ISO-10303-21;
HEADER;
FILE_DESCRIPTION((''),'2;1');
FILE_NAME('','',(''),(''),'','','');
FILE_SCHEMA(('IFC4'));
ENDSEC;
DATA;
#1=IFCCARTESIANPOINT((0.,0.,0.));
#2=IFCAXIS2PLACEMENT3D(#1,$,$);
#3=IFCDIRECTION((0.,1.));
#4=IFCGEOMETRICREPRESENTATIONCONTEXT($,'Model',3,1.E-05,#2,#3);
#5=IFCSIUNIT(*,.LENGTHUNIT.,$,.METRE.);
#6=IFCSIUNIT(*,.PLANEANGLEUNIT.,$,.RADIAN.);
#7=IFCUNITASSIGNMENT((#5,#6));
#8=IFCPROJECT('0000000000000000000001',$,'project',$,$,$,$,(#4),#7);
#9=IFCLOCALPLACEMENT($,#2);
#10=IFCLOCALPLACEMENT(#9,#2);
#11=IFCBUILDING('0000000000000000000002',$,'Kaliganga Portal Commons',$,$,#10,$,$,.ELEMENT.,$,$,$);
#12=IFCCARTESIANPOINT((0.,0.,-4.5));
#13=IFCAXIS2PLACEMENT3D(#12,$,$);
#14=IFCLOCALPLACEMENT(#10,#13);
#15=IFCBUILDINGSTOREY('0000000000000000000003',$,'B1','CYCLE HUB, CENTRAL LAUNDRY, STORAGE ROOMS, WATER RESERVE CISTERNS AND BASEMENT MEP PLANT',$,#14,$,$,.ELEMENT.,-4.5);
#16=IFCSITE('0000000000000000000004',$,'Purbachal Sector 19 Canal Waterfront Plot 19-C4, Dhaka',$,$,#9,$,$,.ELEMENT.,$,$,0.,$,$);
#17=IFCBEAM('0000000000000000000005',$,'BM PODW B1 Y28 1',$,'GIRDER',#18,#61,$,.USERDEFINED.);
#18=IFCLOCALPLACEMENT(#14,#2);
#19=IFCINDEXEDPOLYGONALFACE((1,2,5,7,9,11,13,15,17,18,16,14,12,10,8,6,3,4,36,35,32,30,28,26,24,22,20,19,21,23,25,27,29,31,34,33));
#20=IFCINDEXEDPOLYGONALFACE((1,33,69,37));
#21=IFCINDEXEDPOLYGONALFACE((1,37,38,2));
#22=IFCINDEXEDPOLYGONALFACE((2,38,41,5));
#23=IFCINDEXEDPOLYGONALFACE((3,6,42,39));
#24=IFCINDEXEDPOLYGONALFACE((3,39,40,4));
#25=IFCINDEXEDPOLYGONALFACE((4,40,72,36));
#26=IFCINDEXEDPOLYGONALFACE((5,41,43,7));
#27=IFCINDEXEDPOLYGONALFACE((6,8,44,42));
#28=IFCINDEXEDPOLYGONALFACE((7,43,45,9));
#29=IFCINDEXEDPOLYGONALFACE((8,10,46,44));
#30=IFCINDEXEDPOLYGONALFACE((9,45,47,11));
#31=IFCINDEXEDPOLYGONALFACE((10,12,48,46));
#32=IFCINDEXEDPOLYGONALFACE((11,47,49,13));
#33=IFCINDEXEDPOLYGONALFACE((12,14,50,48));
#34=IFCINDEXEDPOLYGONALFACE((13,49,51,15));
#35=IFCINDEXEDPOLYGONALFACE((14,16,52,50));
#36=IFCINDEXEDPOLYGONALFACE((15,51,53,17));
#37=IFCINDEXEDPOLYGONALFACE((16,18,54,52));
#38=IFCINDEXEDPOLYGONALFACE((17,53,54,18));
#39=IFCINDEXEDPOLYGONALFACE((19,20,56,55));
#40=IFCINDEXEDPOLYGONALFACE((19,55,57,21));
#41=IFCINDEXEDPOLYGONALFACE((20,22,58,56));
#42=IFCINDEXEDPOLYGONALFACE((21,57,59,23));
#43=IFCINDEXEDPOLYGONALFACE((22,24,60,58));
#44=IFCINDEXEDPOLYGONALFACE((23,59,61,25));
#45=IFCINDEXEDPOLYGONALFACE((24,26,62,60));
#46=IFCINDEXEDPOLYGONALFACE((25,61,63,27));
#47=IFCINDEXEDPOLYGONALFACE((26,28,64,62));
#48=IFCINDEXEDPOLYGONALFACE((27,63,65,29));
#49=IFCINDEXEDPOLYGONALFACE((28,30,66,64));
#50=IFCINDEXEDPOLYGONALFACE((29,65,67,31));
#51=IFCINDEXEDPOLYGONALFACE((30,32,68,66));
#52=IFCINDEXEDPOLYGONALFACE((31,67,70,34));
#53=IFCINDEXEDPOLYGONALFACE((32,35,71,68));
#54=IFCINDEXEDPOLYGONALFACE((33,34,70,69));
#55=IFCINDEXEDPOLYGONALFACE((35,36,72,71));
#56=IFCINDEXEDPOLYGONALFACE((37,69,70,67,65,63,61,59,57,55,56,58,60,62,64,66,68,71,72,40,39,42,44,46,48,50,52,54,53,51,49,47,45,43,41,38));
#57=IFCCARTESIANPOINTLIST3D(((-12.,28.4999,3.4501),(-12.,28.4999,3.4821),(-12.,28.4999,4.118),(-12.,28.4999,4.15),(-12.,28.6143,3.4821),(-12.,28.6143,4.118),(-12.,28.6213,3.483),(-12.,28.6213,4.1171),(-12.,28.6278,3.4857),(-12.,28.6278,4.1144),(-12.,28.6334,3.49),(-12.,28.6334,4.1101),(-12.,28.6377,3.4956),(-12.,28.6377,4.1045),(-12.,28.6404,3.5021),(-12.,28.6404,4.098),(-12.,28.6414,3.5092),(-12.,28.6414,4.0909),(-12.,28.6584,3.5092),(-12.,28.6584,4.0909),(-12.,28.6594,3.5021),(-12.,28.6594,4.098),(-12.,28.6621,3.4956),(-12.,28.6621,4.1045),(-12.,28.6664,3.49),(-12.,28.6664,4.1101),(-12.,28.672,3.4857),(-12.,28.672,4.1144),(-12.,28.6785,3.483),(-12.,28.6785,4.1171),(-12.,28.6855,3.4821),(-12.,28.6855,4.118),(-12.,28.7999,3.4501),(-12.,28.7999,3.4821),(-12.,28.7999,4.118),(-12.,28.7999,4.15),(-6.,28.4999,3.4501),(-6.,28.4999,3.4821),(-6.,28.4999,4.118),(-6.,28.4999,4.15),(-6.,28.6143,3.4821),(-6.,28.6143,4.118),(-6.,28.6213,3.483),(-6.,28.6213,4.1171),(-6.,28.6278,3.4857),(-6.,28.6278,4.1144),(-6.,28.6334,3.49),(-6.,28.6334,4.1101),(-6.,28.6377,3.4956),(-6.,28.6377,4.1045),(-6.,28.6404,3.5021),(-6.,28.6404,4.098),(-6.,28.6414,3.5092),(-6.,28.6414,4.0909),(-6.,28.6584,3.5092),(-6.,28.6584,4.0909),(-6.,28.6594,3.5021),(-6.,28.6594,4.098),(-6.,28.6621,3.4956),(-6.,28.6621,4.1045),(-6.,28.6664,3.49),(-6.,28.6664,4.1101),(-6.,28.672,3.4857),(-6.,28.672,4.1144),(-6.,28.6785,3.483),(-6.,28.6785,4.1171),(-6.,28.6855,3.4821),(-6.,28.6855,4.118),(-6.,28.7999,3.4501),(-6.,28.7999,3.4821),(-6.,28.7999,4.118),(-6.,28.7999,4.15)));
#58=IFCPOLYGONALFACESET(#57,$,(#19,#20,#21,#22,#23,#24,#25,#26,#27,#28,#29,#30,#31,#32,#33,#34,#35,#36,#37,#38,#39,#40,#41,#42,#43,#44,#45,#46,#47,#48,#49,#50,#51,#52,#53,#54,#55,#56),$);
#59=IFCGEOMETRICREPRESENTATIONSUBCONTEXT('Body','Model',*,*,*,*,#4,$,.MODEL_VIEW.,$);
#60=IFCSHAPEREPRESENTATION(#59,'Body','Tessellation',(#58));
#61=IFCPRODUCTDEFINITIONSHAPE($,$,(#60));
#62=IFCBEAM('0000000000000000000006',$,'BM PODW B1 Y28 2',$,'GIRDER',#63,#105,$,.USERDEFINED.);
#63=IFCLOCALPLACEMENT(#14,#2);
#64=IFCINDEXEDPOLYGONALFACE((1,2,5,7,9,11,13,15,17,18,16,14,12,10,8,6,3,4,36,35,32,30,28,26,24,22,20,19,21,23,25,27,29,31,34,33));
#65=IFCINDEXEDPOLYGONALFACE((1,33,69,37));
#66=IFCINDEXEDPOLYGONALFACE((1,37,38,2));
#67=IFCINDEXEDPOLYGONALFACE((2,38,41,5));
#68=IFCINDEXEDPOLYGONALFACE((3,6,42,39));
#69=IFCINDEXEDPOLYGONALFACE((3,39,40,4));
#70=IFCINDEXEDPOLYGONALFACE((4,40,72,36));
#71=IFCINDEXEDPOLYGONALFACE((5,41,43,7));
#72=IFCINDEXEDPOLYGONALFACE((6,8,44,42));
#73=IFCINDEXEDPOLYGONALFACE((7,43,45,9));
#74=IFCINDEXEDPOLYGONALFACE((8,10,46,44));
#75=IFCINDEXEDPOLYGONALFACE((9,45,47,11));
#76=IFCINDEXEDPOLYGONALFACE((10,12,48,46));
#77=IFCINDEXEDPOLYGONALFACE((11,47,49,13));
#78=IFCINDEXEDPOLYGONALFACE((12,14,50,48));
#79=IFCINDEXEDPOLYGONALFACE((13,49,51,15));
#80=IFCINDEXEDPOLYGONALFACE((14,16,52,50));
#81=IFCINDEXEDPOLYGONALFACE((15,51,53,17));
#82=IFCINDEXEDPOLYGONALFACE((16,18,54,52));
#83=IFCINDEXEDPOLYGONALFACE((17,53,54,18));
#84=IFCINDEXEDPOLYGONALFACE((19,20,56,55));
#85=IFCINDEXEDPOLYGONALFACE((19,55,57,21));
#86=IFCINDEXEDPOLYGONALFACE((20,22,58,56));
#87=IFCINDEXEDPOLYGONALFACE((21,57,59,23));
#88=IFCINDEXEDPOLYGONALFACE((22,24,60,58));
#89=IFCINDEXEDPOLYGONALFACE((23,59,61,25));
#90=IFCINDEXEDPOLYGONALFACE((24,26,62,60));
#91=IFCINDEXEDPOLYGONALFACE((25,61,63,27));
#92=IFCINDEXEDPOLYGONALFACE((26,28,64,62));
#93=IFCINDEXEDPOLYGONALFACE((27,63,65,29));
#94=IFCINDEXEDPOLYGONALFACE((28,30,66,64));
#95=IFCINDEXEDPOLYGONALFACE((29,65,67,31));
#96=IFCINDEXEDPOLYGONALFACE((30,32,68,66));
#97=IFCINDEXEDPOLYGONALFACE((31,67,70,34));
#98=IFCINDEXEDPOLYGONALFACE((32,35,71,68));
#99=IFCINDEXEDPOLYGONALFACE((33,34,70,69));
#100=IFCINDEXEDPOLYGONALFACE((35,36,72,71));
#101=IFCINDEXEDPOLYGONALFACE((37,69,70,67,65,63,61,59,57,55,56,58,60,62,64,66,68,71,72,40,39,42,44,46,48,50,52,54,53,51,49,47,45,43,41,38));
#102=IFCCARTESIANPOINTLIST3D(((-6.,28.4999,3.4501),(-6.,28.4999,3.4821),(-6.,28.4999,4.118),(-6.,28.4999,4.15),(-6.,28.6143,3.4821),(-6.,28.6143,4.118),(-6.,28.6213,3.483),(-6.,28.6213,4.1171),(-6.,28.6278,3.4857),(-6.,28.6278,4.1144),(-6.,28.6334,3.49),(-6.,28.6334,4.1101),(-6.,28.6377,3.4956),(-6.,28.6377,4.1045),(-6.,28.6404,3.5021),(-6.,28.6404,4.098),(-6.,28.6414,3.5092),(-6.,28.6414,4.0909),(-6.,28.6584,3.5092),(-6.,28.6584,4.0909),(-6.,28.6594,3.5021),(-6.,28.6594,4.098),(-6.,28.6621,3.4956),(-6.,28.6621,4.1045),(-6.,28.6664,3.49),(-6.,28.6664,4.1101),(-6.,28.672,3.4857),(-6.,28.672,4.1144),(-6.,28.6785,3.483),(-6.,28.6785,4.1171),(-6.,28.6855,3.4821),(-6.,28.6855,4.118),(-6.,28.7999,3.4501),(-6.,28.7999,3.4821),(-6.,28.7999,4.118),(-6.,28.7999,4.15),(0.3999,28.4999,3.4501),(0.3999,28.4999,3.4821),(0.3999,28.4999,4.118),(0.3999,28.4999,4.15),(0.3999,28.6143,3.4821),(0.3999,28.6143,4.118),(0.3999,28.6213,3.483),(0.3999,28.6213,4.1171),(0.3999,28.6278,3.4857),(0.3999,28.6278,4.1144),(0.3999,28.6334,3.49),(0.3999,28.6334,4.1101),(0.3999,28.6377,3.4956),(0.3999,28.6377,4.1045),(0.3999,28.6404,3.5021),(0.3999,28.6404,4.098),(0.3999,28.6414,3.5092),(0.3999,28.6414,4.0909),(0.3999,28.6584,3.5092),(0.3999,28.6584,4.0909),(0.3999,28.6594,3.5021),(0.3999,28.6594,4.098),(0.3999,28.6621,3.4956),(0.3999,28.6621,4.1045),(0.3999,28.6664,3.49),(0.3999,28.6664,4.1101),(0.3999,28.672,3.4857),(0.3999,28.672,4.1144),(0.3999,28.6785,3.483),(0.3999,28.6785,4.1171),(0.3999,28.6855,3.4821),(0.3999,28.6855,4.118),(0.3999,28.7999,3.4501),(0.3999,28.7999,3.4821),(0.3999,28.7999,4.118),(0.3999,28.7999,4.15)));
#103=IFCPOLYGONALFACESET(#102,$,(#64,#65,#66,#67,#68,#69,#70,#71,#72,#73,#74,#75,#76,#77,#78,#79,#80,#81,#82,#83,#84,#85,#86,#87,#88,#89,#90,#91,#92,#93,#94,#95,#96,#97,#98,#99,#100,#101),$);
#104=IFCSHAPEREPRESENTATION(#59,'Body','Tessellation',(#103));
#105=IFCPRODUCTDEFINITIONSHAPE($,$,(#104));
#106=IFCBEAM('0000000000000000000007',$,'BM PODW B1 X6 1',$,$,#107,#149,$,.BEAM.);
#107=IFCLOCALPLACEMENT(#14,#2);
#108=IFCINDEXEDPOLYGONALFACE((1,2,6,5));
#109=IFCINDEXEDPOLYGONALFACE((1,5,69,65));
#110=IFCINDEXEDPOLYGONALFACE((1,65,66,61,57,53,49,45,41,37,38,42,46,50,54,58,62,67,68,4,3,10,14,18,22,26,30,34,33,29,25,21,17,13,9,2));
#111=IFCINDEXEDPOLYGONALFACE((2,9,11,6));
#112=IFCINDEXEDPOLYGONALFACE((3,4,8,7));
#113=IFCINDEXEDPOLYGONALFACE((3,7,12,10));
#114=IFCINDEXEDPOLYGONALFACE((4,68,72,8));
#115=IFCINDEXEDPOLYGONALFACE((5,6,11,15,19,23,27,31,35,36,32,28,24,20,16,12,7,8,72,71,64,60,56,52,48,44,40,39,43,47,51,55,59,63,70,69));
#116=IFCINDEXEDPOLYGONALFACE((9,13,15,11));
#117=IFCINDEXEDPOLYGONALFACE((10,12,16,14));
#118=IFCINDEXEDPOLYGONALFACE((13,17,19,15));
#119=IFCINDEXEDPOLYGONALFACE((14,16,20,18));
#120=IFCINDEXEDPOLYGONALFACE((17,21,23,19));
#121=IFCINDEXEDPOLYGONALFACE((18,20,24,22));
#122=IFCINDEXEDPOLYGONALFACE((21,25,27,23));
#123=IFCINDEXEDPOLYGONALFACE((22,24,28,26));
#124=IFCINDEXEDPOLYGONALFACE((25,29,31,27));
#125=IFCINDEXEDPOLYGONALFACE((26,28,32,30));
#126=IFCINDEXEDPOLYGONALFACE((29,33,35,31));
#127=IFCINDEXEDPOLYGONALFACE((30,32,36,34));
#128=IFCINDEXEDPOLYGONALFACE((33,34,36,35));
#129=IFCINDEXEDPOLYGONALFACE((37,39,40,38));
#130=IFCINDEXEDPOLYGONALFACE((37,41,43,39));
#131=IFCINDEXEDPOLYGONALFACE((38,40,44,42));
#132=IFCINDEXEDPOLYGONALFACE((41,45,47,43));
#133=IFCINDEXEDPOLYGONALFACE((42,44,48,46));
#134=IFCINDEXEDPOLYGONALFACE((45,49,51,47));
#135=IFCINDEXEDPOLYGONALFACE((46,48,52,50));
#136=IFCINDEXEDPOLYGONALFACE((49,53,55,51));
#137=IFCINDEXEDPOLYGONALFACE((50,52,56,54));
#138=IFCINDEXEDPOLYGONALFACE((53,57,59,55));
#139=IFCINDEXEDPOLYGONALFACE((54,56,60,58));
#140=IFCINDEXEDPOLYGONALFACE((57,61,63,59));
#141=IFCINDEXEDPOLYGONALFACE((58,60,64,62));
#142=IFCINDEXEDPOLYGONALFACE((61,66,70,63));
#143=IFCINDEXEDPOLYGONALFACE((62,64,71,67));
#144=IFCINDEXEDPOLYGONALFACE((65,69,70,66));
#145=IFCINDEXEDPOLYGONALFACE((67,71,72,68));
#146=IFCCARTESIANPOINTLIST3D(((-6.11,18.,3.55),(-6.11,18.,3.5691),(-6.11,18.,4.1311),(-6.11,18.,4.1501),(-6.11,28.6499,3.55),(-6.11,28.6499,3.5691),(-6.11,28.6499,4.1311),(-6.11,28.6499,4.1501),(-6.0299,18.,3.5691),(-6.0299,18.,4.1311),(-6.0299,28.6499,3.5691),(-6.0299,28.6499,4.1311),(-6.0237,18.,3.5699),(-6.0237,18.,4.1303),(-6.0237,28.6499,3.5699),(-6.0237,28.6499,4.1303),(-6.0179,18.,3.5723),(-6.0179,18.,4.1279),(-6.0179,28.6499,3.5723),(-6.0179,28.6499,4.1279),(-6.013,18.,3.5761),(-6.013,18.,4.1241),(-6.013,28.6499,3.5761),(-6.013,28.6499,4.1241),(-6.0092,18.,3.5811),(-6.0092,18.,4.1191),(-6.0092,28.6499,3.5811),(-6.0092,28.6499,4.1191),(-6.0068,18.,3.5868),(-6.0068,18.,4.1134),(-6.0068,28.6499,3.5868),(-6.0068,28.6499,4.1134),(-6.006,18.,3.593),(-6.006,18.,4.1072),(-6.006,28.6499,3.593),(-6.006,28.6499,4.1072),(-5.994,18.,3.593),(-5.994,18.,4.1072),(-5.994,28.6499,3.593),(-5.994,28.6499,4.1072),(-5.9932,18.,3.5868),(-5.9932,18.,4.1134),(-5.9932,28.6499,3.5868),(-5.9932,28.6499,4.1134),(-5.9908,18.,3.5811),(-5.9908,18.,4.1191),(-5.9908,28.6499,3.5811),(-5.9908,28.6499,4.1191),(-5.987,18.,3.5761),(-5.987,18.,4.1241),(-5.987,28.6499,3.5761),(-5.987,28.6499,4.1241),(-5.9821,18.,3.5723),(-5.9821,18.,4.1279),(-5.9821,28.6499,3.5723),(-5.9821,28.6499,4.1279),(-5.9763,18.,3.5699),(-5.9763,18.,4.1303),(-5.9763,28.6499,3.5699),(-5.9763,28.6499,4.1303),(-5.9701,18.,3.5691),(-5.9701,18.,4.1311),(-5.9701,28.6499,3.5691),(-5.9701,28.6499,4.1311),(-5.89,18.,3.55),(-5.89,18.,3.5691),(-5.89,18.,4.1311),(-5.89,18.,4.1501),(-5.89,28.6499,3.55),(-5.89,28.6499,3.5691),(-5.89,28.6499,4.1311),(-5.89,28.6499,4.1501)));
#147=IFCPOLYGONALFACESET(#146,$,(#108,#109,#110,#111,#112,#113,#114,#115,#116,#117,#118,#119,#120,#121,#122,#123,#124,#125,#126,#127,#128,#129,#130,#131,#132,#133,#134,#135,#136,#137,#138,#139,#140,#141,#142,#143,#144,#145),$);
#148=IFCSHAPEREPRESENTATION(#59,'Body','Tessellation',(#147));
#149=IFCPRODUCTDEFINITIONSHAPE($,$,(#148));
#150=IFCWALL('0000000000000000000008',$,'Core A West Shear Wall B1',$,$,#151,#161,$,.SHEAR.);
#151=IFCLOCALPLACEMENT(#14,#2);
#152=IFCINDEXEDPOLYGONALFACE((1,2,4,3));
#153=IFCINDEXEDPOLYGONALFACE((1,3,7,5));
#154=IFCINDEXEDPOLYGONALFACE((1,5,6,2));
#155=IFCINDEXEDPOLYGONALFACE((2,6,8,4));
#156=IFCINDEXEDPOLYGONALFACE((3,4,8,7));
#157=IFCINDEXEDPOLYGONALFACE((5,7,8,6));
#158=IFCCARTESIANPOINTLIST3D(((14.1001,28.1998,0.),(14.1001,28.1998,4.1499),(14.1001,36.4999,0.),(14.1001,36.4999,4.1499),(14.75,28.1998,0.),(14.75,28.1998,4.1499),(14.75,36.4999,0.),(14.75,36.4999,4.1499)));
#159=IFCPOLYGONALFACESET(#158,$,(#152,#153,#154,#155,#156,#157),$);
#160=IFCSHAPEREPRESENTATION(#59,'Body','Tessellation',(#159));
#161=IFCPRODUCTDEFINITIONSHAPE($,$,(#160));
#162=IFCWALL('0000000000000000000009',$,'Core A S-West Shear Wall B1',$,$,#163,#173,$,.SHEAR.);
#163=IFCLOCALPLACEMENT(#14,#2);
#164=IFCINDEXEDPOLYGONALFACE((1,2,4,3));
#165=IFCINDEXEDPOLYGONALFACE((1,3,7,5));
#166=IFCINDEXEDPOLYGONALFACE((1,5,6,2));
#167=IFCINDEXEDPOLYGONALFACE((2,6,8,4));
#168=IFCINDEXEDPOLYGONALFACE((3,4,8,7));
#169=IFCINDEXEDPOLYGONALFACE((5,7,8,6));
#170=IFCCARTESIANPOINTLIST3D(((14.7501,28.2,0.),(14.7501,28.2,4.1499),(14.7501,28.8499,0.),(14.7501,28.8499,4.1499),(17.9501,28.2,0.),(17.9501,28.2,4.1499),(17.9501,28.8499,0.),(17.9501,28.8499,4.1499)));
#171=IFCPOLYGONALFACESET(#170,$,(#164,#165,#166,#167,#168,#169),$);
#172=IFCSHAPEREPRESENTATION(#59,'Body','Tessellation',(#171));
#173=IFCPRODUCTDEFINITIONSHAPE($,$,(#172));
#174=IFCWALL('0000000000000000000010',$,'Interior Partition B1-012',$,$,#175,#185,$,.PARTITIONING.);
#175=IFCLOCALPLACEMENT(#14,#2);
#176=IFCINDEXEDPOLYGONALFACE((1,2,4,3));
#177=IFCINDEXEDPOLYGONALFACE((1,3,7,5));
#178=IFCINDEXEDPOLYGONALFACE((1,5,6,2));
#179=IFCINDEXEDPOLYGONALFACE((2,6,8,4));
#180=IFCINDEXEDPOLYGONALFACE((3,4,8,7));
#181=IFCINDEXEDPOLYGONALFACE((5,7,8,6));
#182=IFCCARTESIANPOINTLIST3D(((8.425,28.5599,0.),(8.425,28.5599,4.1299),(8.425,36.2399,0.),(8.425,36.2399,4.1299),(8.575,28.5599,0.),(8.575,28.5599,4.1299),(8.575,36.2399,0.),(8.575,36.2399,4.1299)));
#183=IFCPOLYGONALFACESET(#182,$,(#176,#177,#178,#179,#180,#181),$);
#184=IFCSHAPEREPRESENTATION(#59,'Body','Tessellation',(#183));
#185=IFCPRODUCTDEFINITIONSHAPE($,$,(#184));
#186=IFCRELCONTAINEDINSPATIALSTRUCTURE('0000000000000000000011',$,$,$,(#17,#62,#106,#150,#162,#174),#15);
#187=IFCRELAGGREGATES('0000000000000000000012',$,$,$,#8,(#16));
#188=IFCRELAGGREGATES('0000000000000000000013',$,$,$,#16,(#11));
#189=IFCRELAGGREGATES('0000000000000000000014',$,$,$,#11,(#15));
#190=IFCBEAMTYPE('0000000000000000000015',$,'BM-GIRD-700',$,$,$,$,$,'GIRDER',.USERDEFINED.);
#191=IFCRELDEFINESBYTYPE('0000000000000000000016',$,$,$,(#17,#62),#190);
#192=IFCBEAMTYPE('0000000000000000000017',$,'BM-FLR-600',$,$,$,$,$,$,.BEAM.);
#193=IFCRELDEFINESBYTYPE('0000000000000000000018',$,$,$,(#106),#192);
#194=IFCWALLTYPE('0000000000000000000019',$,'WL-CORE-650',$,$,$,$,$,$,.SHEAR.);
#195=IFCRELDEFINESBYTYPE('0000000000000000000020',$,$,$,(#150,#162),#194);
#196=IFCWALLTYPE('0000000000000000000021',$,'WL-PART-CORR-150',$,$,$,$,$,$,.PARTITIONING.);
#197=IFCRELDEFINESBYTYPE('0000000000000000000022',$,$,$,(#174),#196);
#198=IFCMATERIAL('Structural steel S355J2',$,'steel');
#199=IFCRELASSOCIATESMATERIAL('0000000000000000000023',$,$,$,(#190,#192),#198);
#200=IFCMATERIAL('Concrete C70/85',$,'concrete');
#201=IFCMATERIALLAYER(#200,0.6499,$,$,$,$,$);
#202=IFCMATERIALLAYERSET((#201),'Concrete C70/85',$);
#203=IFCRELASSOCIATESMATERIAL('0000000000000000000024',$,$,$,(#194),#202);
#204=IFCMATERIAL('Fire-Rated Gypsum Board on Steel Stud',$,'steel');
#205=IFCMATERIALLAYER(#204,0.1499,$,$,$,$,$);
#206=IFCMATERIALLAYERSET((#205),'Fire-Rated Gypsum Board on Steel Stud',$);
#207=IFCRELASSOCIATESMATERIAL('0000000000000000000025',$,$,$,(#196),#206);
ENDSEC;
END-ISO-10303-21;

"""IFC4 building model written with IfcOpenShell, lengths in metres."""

from ifc_helpers import new_model, si_unit, direction, frame, frame_2d, origin, origin_2d, place, context, subcontext, project, spatial, rectangle, i_section, extrude, source, transform, mapped, material, layer, layer_set, material_profile, profile_set, type_object, element, save


model = new_model("IFC4")

# Units and contexts
model_context = context("Model", 3, precision=1e-05, world=origin(), true_north=direction((0.0, 1.0)))
body_context = subcontext(model_context, "Body", "Model", "MODEL_VIEW")
ifc_project = project(units=[si_unit("LENGTHUNIT", "METRE"), si_unit("PLANEANGLEUNIT", "RADIAN")], contexts=[model_context])

# Site, building, storey
site_placement = place(None, origin())
site = spatial("IfcSite", under=ifc_project, at=site_placement, Name="Purbachal Sector 19 Canal Waterfront Plot 19-C4, Dhaka", CompositionType="ELEMENT", RefElevation=0.0)
building_placement = place(site_placement, origin())
building = spatial("IfcBuilding", under=site, at=building_placement, Name="Kaliganga Portal Commons", CompositionType="ELEMENT")
storey_placement = place(building_placement, frame((0.0, 0.0, -4.5)))
storey = spatial("IfcBuildingStorey", under=building, at=storey_placement, Name="B1", Description="CYCLE HUB, CENTRAL LAUNDRY, STORAGE ROOMS, WATER RESERVE CISTERNS AND BASEMENT MEP PLANT", CompositionType="ELEMENT", Elevation=-4.5)

# Shared definitions
ifc_material_1 = material(Name="Concrete C70/85", Category="concrete")

# Beams
ifc_material_2 = material(Name="Structural steel S355J2", Category="steel")
ifc_material_profile_1 = material_profile(ifc_material_2, i_section(OverallWidth=0.3, OverallDepth=0.7, WebThickness=0.0171, FlangeThickness=0.032, FilletRadius=0.0271, at=origin_2d()), Name="HE 700 B")
ifc_profile_set_1 = profile_set([ifc_material_profile_1], Name="Structural steel S355J2 wide-flange")
beam_type_1 = type_object("IfcBeamType", Name="BM-GIRD-700", ElementType="GIRDER", PredefinedType="USERDEFINED", material=ifc_profile_set_1)
ifc_material_profile_2 = material_profile(ifc_material_2, i_section(OverallWidth=0.22, OverallDepth=0.6001, WebThickness=0.012, FlangeThickness=0.019, FilletRadius=0.0239, at=origin_2d()), Name="IPE 600")
ifc_profile_set_2 = profile_set([ifc_material_profile_2], Name="Structural steel S355J2 wide-flange")
beam_type_2 = type_object("IfcBeamType", Name="BM-FLR-600", PredefinedType="BEAM", material=ifc_profile_set_2)
shared_shape_1 = source(origin(), body_context, "Body", "SweptSolid", [
    extrude(i_section(OverallWidth=0.3, OverallDepth=0.7, WebThickness=0.0171, FlangeThickness=0.032, FilletRadius=0.0271, at=origin_2d()), origin(), (0.0, 0.0, 1.0), 6.0),
])
beam_1_placement = place(storey_placement, frame((-12.0, 28.6499, 3.8), z_axis=(1.0, 0.0, 0.0), x_axis=(0.0, 1.0, 0.0)))
element("IfcBeam", 1, at=beam_1_placement, inside=storey, type_object=beam_type_1, Name="BM PODW B1 Y28 1", ObjectType="GIRDER", PredefinedType="USERDEFINED", context=body_context, shape_type="MappedRepresentation", body=[
    mapped(shared_shape_1, transform((0.0, 0.0, 0.0), x_axis=(1.0, 0.0, 0.0), y_axis=(0.0, 1.0, 0.0), z_axis=(0.0, 0.0, 1.0), scale=1.0)),
])
shared_shape_2 = source(origin(), body_context, "Body", "SweptSolid", [
    extrude(i_section(OverallWidth=0.3, OverallDepth=0.7, WebThickness=0.0171, FlangeThickness=0.032, FilletRadius=0.0271, at=origin_2d()), origin(), (0.0, 0.0, 1.0), 6.3999),
])
beam_2_placement = place(storey_placement, frame((-6.0, 28.6499, 3.8), z_axis=(1.0, 0.0, 0.0), x_axis=(0.0, 1.0, 0.0)))
element("IfcBeam", 2, at=beam_2_placement, inside=storey, type_object=beam_type_1, Name="BM PODW B1 Y28 2", ObjectType="GIRDER", PredefinedType="USERDEFINED", context=body_context, shape_type="MappedRepresentation", body=[
    mapped(shared_shape_2, transform((0.0, 0.0, 0.0), x_axis=(1.0, 0.0, 0.0), y_axis=(0.0, 1.0, 0.0), z_axis=(0.0, 0.0, 1.0), scale=1.0)),
])
shared_shape_3 = source(origin(), body_context, "Body", "SweptSolid", [
    extrude(i_section(OverallWidth=0.22, OverallDepth=0.6001, WebThickness=0.012, FlangeThickness=0.019, FilletRadius=0.0239, at=origin_2d()), origin(), (0.0, 0.0, 1.0), 10.6499),
])
beam_3_placement = place(storey_placement, frame((-6.0, 18.0, 3.8501), z_axis=(0.0, 1.0, 0.0), x_axis=(-1.0, 0.0, 0.0)))
element("IfcBeam", 3, at=beam_3_placement, inside=storey, type_object=beam_type_2, Name="BM PODW B1 X6 1", PredefinedType="BEAM", context=body_context, shape_type="MappedRepresentation", body=[
    mapped(shared_shape_3, transform((0.0, 0.0, 0.0), x_axis=(1.0, 0.0, 0.0), y_axis=(0.0, 1.0, 0.0), z_axis=(0.0, 0.0, 1.0), scale=1.0)),
])

# Walls
ifc_layer_1 = layer(ifc_material_1, 0.6499)
ifc_layer_set_1 = layer_set([ifc_layer_1], Name="Concrete C70/85")
wall_type_1 = type_object("IfcWallType", Name="WL-CORE-650", PredefinedType="SHEAR", material=ifc_layer_set_1)
wall_1_placement = place(storey_placement, frame((14.425, 28.2, 0.0), z_axis=(0.0, 0.0, 1.0), x_axis=(0.0, 1.0, 0.0)))
element("IfcWall", 4, at=wall_1_placement, inside=storey, type_object=wall_type_1, Name="Core A West Shear Wall B1", PredefinedType="SHEAR", context=body_context, shape_type="SweptSolid", body=[
    extrude(rectangle(XDim=8.3, YDim=0.6499, at=frame_2d((4.1499, 0.0))), origin(), (0.0, 0.0, 1.0), 4.1499),
])
wall_2_placement = place(storey_placement, frame((14.75, 28.5249, 0.0), z_axis=(0.0, 0.0, 1.0), x_axis=(1.0, 0.0, 0.0)))
element("IfcWall", 5, at=wall_2_placement, inside=storey, type_object=wall_type_1, Name="Core A S-West Shear Wall B1", PredefinedType="SHEAR", context=body_context, shape_type="SweptSolid", body=[
    extrude(rectangle(XDim=3.2, YDim=0.6499, at=frame_2d((1.6001, 0.0))), origin(), (0.0, 0.0, 1.0), 4.1499),
])
ifc_material_3 = material(Name="Fire-Rated Gypsum Board on Steel Stud", Category="steel")
ifc_layer_2 = layer(ifc_material_3, 0.1499)
ifc_layer_set_2 = layer_set([ifc_layer_2], Name="Fire-Rated Gypsum Board on Steel Stud")
wall_type_2 = type_object("IfcWallType", Name="WL-PART-CORR-150", PredefinedType="PARTITIONING", material=ifc_layer_set_2)
wall_3_placement = place(storey_placement, frame((8.5, 28.5601, 0.0), z_axis=(0.0, 0.0, 1.0), x_axis=(0.0, 1.0, 0.0)))
element("IfcWall", 6, at=wall_3_placement, inside=storey, type_object=wall_type_2, Name="Interior Partition B1-012", PredefinedType="PARTITIONING", context=body_context, shape_type="SweptSolid", body=[
    extrude(rectangle(XDim=7.6799, YDim=0.1499, at=frame_2d((3.8398, 0.0))), origin(), (0.0, 0.0, 1.0), 4.1299),
])

save(model, "model.ifc")
